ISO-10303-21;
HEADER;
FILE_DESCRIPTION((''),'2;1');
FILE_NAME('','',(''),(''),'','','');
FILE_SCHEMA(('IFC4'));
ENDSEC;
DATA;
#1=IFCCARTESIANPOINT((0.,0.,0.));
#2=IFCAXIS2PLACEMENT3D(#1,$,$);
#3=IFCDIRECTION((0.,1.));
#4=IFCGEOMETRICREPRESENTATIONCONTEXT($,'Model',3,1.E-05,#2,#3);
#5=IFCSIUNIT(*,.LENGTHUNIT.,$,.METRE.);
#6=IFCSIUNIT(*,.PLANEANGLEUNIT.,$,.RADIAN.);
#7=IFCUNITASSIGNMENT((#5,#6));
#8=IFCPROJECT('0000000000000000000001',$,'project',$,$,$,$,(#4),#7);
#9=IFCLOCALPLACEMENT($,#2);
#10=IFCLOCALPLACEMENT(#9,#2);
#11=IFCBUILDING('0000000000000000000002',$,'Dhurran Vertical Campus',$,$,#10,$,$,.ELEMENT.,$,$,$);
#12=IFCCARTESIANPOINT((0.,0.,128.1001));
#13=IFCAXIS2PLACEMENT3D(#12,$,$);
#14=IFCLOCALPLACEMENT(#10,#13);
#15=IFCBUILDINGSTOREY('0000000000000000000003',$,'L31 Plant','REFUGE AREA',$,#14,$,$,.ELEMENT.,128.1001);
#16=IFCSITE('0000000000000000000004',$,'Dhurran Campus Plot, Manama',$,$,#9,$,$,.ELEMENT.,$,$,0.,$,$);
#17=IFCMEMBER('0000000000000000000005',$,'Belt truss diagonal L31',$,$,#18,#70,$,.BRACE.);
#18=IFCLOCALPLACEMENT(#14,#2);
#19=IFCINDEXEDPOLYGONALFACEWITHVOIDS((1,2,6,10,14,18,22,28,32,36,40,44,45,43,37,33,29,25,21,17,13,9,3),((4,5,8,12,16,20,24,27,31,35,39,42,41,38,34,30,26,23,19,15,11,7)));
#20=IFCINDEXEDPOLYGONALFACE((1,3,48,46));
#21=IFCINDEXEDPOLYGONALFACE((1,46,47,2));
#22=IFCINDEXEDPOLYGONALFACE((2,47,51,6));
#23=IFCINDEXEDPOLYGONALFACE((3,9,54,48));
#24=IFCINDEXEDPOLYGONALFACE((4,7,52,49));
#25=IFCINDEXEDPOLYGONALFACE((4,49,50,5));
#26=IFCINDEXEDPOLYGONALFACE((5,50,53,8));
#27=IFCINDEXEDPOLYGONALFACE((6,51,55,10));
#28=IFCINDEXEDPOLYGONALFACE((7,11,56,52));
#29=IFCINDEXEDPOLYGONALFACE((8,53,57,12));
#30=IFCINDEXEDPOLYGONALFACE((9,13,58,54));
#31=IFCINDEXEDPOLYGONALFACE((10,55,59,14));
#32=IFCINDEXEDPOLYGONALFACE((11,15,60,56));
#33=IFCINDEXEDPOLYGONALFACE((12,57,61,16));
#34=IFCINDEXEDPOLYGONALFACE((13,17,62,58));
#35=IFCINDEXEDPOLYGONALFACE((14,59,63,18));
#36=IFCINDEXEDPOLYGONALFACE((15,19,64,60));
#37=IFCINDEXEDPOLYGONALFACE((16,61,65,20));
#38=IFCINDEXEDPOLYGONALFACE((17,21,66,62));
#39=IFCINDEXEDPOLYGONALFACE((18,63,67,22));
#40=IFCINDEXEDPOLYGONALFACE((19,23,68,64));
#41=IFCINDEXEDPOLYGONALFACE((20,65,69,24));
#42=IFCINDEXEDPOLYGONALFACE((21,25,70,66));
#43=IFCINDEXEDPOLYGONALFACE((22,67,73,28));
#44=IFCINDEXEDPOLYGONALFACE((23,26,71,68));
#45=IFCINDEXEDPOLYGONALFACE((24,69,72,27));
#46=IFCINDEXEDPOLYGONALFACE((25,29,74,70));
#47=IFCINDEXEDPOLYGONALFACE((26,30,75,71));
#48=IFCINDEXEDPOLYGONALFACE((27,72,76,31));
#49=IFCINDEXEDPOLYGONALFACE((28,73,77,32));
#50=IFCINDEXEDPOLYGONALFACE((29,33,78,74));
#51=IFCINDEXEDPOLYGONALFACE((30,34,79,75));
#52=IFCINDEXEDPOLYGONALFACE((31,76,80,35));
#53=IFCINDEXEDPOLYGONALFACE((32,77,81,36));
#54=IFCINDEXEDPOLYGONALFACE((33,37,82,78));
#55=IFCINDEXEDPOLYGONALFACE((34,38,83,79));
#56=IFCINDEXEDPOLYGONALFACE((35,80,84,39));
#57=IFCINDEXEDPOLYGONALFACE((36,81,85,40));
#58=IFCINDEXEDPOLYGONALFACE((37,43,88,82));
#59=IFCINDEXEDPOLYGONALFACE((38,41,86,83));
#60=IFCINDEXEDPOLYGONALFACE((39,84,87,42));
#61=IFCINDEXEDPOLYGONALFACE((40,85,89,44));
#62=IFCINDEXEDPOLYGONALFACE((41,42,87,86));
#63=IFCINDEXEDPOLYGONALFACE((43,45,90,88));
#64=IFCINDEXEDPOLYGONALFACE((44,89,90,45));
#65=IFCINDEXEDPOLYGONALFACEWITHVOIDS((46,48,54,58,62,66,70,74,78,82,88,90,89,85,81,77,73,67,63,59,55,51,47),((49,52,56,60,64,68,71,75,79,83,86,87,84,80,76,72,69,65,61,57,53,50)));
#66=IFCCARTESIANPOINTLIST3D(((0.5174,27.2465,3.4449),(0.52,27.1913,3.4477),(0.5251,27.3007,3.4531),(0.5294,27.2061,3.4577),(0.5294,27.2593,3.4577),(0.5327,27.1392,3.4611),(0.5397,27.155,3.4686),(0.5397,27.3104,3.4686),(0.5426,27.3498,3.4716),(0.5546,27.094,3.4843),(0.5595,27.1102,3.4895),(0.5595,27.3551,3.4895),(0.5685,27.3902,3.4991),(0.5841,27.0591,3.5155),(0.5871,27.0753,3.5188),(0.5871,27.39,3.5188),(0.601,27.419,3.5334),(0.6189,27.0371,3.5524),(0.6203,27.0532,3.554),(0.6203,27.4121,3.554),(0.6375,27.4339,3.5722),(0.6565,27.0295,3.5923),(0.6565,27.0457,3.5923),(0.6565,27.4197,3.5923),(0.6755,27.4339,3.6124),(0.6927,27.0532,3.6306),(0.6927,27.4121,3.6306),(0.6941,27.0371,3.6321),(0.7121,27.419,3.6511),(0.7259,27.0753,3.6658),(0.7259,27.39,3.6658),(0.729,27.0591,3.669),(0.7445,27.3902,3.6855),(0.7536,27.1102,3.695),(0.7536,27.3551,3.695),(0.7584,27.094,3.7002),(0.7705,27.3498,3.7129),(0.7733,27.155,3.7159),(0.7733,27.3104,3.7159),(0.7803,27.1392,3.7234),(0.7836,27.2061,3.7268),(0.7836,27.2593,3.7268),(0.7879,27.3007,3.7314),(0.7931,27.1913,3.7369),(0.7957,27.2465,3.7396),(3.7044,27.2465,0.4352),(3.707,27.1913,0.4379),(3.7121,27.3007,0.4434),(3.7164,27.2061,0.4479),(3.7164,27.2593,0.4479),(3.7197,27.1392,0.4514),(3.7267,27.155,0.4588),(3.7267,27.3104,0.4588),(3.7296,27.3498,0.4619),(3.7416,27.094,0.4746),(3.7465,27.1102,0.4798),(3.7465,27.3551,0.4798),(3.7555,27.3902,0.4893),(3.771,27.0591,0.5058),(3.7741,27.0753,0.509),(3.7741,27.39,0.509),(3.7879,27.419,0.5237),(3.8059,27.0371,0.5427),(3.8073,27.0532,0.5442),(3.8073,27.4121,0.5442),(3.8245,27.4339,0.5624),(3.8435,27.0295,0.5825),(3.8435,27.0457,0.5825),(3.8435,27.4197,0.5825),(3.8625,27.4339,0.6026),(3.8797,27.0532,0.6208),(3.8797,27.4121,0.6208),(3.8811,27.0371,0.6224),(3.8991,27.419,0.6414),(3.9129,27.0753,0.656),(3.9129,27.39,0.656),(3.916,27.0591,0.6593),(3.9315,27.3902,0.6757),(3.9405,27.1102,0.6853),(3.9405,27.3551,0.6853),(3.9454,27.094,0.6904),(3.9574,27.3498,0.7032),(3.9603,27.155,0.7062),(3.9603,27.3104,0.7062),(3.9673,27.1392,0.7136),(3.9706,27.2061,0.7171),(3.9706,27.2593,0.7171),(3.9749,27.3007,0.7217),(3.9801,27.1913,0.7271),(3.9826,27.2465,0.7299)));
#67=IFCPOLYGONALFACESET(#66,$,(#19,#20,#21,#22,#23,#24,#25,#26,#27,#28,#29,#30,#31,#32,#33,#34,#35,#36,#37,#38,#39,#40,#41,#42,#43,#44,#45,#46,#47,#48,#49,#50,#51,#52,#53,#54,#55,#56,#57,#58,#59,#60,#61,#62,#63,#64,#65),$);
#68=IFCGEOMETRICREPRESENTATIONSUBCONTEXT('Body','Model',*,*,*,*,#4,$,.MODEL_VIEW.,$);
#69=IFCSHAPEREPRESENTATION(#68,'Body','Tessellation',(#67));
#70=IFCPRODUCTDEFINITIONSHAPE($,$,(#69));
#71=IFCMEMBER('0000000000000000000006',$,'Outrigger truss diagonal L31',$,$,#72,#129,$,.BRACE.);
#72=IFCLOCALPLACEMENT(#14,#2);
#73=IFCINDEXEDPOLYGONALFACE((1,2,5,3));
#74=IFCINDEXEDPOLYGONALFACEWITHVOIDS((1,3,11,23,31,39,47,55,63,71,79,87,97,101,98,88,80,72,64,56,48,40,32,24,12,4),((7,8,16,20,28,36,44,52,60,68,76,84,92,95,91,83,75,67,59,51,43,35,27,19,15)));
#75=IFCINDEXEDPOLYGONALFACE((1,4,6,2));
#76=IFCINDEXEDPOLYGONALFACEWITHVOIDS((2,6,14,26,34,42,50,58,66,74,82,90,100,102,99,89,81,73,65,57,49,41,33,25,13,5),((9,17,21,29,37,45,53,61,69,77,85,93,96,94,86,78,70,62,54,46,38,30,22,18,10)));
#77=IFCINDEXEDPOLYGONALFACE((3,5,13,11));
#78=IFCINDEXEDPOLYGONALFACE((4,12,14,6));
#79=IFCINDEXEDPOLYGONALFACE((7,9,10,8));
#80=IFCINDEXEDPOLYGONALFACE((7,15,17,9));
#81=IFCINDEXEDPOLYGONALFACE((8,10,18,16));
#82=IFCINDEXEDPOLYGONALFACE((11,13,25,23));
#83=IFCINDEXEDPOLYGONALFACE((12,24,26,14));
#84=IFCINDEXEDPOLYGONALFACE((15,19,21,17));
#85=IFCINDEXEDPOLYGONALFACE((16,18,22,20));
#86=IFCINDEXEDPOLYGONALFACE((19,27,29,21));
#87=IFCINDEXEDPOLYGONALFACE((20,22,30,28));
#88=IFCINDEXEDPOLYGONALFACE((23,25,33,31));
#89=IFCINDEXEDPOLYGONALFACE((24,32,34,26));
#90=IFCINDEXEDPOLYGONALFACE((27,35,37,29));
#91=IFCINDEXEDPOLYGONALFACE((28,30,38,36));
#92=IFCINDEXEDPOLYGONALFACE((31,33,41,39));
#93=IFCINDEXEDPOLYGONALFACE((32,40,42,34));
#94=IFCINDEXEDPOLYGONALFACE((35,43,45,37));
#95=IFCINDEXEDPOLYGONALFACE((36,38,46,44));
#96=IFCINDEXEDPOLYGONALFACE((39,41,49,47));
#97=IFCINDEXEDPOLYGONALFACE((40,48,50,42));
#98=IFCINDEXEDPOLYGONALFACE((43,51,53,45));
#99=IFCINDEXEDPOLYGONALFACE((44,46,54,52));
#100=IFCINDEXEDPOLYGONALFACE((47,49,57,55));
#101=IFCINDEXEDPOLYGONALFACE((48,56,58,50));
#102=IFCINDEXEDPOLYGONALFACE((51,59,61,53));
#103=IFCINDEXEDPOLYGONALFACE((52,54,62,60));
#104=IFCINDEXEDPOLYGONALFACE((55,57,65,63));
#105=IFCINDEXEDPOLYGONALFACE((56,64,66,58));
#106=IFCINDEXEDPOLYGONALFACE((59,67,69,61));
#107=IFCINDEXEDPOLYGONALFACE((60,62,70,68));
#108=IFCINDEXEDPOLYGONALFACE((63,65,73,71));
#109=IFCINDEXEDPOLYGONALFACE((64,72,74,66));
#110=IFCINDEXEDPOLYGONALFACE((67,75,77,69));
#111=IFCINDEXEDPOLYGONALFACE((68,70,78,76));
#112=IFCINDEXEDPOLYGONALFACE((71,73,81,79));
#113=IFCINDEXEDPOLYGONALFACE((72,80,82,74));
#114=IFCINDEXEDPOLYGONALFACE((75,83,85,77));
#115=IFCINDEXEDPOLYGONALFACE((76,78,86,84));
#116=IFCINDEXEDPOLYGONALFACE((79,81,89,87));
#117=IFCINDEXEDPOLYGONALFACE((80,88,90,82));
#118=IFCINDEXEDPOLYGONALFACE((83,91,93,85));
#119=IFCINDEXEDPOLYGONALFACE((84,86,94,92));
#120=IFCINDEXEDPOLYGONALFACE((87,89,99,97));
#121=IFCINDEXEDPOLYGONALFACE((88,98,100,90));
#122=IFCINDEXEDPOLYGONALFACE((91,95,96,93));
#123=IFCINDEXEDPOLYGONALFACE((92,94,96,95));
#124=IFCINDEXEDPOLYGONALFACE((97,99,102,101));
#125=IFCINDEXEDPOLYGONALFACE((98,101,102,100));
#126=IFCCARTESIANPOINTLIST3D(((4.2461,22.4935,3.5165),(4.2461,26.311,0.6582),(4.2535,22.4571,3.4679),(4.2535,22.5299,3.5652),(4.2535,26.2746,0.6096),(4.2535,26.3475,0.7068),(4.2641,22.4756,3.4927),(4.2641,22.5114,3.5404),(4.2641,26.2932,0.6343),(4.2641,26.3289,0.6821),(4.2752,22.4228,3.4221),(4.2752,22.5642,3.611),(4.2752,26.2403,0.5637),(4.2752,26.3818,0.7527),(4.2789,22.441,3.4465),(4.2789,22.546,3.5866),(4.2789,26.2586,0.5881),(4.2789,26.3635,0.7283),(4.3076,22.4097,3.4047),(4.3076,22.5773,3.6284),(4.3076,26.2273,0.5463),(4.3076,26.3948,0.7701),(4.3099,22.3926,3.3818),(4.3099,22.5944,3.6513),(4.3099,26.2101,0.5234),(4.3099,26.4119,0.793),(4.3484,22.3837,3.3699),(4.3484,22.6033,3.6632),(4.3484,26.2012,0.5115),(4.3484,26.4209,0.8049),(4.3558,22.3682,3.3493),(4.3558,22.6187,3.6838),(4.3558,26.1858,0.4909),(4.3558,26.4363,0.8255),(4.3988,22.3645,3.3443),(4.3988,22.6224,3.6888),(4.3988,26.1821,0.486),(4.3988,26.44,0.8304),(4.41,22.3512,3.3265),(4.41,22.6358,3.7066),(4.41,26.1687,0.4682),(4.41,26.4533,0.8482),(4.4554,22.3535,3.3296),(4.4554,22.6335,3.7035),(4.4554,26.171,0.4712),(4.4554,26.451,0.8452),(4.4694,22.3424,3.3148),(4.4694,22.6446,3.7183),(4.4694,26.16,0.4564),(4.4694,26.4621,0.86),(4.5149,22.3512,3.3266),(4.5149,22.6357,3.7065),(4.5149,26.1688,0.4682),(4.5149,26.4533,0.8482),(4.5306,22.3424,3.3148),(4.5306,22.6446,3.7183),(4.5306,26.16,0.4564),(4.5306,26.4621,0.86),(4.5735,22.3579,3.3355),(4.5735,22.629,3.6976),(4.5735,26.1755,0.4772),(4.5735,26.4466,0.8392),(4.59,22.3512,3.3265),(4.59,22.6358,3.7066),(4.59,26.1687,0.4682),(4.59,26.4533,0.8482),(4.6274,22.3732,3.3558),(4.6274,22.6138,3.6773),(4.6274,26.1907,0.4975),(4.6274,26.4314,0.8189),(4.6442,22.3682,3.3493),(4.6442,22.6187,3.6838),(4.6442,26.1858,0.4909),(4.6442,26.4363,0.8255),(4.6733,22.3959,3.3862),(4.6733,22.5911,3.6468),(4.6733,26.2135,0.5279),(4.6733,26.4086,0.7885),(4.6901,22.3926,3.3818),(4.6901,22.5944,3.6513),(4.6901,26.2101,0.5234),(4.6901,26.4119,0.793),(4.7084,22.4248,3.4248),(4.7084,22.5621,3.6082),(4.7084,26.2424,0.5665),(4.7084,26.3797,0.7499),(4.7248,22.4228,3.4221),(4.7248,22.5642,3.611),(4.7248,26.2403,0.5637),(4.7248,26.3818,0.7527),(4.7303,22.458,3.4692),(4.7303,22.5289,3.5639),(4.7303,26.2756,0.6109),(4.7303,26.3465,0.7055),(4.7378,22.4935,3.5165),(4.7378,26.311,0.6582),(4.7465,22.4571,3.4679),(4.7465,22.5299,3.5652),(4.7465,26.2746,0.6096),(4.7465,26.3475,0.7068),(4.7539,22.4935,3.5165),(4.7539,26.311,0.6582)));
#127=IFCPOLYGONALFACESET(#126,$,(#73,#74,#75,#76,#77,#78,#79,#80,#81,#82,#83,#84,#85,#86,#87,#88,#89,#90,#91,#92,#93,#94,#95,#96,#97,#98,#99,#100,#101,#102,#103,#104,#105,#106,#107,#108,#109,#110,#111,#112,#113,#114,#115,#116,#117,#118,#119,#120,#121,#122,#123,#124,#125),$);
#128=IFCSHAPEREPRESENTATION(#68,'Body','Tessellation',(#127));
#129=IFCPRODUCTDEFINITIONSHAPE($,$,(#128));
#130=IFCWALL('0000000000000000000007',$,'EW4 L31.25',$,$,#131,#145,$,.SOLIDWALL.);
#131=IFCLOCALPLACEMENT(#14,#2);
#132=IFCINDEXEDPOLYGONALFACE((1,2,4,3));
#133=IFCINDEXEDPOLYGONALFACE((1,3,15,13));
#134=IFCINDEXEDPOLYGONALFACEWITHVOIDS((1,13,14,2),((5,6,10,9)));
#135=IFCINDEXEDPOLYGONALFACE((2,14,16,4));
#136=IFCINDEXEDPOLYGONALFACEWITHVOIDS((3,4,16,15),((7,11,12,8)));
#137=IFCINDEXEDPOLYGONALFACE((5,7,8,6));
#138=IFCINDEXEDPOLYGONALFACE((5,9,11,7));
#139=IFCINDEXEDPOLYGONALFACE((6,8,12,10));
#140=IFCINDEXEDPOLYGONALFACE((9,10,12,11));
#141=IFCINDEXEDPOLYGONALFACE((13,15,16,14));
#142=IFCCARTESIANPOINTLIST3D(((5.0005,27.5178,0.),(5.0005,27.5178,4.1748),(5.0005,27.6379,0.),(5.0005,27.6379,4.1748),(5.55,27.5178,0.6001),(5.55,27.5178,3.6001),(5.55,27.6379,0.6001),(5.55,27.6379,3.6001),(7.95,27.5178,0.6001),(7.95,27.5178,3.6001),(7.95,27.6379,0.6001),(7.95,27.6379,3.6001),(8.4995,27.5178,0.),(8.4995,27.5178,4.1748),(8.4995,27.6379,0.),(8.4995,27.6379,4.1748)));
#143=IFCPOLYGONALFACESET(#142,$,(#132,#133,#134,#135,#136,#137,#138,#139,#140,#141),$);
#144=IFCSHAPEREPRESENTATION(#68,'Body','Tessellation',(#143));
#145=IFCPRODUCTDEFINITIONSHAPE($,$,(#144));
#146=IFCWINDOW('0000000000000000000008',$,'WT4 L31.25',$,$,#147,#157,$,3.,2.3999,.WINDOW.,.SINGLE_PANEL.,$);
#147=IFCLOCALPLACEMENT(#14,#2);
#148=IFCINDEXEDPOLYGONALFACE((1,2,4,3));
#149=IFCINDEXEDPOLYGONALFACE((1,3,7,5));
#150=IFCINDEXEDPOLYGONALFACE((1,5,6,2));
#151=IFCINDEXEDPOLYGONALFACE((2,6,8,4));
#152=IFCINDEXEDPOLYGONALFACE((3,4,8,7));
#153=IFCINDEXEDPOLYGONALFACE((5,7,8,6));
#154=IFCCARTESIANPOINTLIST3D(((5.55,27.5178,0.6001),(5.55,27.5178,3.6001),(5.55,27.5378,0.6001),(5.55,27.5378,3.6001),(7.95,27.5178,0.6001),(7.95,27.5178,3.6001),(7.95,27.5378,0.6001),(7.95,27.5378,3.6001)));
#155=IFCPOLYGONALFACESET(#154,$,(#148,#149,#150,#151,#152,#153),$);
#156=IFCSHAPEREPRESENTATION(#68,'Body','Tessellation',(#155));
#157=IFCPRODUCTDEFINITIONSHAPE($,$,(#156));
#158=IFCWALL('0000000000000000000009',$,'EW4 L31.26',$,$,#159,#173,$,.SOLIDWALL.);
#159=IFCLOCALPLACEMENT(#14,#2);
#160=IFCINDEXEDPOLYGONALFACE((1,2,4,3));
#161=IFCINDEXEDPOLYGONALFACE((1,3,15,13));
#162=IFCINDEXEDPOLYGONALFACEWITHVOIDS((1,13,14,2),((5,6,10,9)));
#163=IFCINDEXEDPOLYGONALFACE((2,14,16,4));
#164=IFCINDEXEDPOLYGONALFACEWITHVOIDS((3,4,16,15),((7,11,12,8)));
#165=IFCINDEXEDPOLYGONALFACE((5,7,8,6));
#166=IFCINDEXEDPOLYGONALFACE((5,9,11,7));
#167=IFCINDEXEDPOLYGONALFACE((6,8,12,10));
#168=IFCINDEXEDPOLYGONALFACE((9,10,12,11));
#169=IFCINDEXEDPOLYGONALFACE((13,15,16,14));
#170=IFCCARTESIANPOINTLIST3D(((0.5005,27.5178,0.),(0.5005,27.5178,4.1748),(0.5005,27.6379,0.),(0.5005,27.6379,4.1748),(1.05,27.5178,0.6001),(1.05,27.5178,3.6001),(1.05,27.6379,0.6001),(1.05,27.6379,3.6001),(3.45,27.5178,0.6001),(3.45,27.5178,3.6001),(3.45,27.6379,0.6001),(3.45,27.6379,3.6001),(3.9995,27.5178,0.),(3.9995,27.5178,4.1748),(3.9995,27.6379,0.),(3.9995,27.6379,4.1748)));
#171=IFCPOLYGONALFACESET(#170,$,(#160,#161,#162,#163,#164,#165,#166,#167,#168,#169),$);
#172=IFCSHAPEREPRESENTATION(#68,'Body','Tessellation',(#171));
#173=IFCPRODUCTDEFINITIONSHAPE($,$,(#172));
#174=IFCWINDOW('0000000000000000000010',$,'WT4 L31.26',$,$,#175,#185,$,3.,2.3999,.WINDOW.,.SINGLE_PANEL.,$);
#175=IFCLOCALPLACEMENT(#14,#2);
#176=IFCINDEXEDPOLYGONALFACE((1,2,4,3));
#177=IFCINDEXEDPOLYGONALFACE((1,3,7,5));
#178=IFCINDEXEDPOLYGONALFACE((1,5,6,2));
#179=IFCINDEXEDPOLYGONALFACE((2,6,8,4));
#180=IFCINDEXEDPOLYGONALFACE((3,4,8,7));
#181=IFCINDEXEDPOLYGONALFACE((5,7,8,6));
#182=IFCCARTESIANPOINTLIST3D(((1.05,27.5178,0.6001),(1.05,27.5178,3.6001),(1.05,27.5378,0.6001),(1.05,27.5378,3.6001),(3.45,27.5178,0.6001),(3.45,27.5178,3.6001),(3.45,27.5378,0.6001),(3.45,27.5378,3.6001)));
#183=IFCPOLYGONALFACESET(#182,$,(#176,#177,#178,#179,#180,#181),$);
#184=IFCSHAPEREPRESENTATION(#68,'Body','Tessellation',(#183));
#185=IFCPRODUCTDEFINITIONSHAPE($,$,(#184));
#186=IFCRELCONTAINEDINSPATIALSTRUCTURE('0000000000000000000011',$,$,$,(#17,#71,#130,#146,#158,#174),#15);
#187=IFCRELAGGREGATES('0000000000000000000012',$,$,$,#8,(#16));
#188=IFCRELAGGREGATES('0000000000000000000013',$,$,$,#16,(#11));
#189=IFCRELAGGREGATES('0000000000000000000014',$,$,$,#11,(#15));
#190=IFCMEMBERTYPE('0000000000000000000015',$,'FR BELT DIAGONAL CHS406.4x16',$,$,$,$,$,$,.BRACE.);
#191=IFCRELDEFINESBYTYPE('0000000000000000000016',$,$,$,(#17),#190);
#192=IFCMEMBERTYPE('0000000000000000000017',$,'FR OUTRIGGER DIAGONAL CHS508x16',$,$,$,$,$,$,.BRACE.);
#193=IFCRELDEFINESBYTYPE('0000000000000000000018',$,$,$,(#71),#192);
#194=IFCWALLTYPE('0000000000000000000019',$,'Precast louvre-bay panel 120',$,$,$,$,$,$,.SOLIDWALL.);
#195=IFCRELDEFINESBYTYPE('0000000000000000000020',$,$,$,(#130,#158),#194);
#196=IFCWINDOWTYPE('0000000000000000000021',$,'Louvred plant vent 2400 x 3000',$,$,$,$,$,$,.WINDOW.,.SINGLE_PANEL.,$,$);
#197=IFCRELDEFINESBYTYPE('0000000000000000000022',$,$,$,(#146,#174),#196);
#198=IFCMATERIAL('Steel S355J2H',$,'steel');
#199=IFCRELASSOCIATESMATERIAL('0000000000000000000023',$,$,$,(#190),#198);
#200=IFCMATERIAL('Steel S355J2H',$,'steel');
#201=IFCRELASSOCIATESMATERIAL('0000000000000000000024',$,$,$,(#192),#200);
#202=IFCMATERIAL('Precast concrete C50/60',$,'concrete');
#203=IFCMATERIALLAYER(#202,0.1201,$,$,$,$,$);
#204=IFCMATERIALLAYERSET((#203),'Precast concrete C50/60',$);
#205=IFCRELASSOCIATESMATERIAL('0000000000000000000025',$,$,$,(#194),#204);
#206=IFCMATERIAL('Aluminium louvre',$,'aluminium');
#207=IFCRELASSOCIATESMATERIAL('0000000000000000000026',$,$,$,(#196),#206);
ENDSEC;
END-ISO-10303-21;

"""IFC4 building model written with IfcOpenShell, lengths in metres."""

from ifc_helpers import new_model, si_unit, direction, frame, frame_2d, origin, origin_2d, place, context, subcontext, project, spatial, rectangle, hollow_circle, extrude, material, layer, layer_set, material_profile, profile_set, type_object, element, fill, save


model = new_model("IFC4")

# Units and contexts
model_context = context("Model", 3, precision=1e-05, world=origin(), true_north=direction((0.0, 1.0)))
body_context = subcontext(model_context, "Body", "Model", "MODEL_VIEW")
ifc_project = project(units=[si_unit("LENGTHUNIT", "METRE"), si_unit("PLANEANGLEUNIT", "RADIAN")], contexts=[model_context])

# Site, building, storey
site_placement = place(None, origin())
site = spatial("IfcSite", under=ifc_project, at=site_placement, Name="Dhurran Campus Plot, Manama", CompositionType="ELEMENT", RefElevation=0.0)
building_placement = place(site_placement, origin())
building = spatial("IfcBuilding", under=site, at=building_placement, Name="Dhurran Vertical Campus", CompositionType="ELEMENT")
storey_placement = place(building_placement, frame((0.0, 0.0, 128.1001)))
storey = spatial("IfcBuildingStorey", under=building, at=storey_placement, Name="L31 Plant", Description="REFUGE AREA", CompositionType="ELEMENT", Elevation=128.1001)

# Members
ifc_material_1 = material(Name="Steel S355J2H", Category="steel")
ifc_material_profile_1 = material_profile(ifc_material_1, hollow_circle(Radius=0.2031, WallThickness=0.0161, at=origin_2d()), Name="CHS406.4x16")
ifc_profile_set_1 = profile_set([ifc_material_profile_1], Name="Steel S355J2H")
member_type_1 = type_object("IfcMemberType", Name="FR BELT DIAGONAL CHS406.4x16", PredefinedType="BRACE", material=ifc_profile_set_1)
for number, where, z_axis, x_axis, name in (
    (1, (3.8435, 27.2327, 0.5825), (-0.727035, 0.0, 0.686601), (0.0, -1.0, 0.0), "Belt truss diagonal L31"),
):
    element("IfcMember", number, at=place(storey_placement, frame(where, z_axis=z_axis, x_axis=x_axis)), inside=storey, type_object=member_type_1, Name=name, PredefinedType="BRACE", context=body_context, shape_type="SweptSolid", body=[
        extrude(hollow_circle(Radius=0.2031, WallThickness=0.0161, at=origin_2d()), origin(), (0.0, 0.0, 1.0), 4.3835),
    ])
ifc_material_2 = material(Name="Steel S355J2H", Category="steel")
ifc_material_profile_2 = material_profile(ifc_material_2, hollow_circle(Radius=0.2539, WallThickness=0.0161, at=origin_2d()), Name="CHS508x16")
ifc_profile_set_2 = profile_set([ifc_material_profile_2], Name="Steel S355J2H")
member_type_2 = type_object("IfcMemberType", Name="FR OUTRIGGER DIAGONAL CHS508x16", PredefinedType="BRACE", material=ifc_profile_set_2)
member_placement = place(storey_placement, frame((4.5, 26.311, 0.6582), z_axis=(0.0, -0.800485, 0.599353), x_axis=(1.0, 0.0, 0.0)))
element("IfcMember", 2, at=member_placement, inside=storey, type_object=member_type_2, Name="Outrigger truss diagonal L31", PredefinedType="BRACE", context=body_context, shape_type="SweptSolid", body=[
    extrude(hollow_circle(Radius=0.2539, WallThickness=0.0161, at=origin_2d()), origin(), (0.0, 0.0, 1.0), 4.769),
])

# Walls, openings, windows
ifc_material_3 = material(Name="Precast concrete C50/60", Category="concrete")
ifc_layer_1 = layer(ifc_material_3, 0.1201)
ifc_layer_set_1 = layer_set([ifc_layer_1], Name="Precast concrete C50/60")
wall_type_1 = type_object("IfcWallType", Name="Precast louvre-bay panel 120", PredefinedType="SOLIDWALL", material=ifc_layer_set_1)
wall_1_placement = place(storey_placement, frame((8.4995, 27.5779, 0.0), z_axis=(0.0, 0.0, 1.0), x_axis=(-1.0, 0.0, 0.0)))
wall_1 = element("IfcWall", 3, at=wall_1_placement, inside=storey, type_object=wall_type_1, Name="EW4 L31.25", PredefinedType="SOLIDWALL", context=body_context, shape_type="SweptSolid", body=[
    extrude(rectangle(XDim=3.499, YDim=0.1201, at=frame_2d((1.7495, 0.0))), origin(), (0.0, 0.0, 1.0), 4.1748),
])
opening_1_placement = place(wall_1_placement, frame((0.5496, 0.0, 0.6001)))
opening_1 = element("IfcOpeningElement", 4, at=opening_1_placement, cuts=wall_1, PredefinedType="OPENING", context=body_context, shape_type="SweptSolid", body=[
    extrude(rectangle(XDim=2.3999, YDim=3.0, at=frame_2d((1.2, 1.5))), frame((0.0, 0.0701, 0.0), z_axis=(0.0, -1.0, 0.0), x_axis=(1.0, 0.0, 0.0)), (0.0, 0.0, 1.0), 0.1401),
])
ifc_material_4 = material(Name="Aluminium louvre", Category="aluminium")
window_type = type_object("IfcWindowType", Name="Louvred plant vent 2400 x 3000", PartitioningType="SINGLE_PANEL", PredefinedType="WINDOW", material=ifc_material_4)
window_1_placement = place(opening_1_placement, origin())
window_1 = element("IfcWindow", 5, at=window_1_placement, inside=storey, type_object=window_type, Name="WT4 L31.25", OverallHeight=3.0, OverallWidth=2.3999, PartitioningType="SINGLE_PANEL", PredefinedType="WINDOW", context=body_context, shape_type="SweptSolid", body=[
    extrude(rectangle(XDim=2.3999, YDim=3.0, at=frame_2d((1.2, 1.5))), frame((0.0, 0.0601, 0.0), z_axis=(0.0, -1.0, 0.0), x_axis=(1.0, 0.0, 0.0)), (0.0, 0.0, 1.0), 0.02),
])
fill(opening_1, window_1)
wall_2_placement = place(storey_placement, frame((3.9995, 27.5779, 0.0), z_axis=(0.0, 0.0, 1.0), x_axis=(-1.0, 0.0, 0.0)))
wall_2 = element("IfcWall", 6, at=wall_2_placement, inside=storey, type_object=wall_type_1, Name="EW4 L31.26", PredefinedType="SOLIDWALL", context=body_context, shape_type="SweptSolid", body=[
    extrude(rectangle(XDim=3.499, YDim=0.1201, at=frame_2d((1.7495, 0.0))), origin(), (0.0, 0.0, 1.0), 4.1748),
])
opening_2_placement = place(wall_2_placement, frame((0.5496, 0.0, 0.6001)))
opening_2 = element("IfcOpeningElement", 7, at=opening_2_placement, cuts=wall_2, PredefinedType="OPENING", context=body_context, shape_type="SweptSolid", body=[
    extrude(rectangle(XDim=2.3999, YDim=3.0, at=frame_2d((1.2, 1.5))), frame((0.0, 0.0701, 0.0), z_axis=(0.0, -1.0, 0.0), x_axis=(1.0, 0.0, 0.0)), (0.0, 0.0, 1.0), 0.1401),
])
window_2_placement = place(opening_2_placement, origin())
window_2 = element("IfcWindow", 8, at=window_2_placement, inside=storey, type_object=window_type, Name="WT4 L31.26", OverallHeight=3.0, OverallWidth=2.3999, PartitioningType="SINGLE_PANEL", PredefinedType="WINDOW", context=body_context, shape_type="SweptSolid", body=[
    extrude(rectangle(XDim=2.3999, YDim=3.0, at=frame_2d((1.2, 1.5))), frame((0.0, 0.0601, 0.0), z_axis=(0.0, -1.0, 0.0), x_axis=(1.0, 0.0, 0.0)), (0.0, 0.0, 1.0), 0.02),
])
fill(opening_2, window_2)

save(model, "model.ifc")
